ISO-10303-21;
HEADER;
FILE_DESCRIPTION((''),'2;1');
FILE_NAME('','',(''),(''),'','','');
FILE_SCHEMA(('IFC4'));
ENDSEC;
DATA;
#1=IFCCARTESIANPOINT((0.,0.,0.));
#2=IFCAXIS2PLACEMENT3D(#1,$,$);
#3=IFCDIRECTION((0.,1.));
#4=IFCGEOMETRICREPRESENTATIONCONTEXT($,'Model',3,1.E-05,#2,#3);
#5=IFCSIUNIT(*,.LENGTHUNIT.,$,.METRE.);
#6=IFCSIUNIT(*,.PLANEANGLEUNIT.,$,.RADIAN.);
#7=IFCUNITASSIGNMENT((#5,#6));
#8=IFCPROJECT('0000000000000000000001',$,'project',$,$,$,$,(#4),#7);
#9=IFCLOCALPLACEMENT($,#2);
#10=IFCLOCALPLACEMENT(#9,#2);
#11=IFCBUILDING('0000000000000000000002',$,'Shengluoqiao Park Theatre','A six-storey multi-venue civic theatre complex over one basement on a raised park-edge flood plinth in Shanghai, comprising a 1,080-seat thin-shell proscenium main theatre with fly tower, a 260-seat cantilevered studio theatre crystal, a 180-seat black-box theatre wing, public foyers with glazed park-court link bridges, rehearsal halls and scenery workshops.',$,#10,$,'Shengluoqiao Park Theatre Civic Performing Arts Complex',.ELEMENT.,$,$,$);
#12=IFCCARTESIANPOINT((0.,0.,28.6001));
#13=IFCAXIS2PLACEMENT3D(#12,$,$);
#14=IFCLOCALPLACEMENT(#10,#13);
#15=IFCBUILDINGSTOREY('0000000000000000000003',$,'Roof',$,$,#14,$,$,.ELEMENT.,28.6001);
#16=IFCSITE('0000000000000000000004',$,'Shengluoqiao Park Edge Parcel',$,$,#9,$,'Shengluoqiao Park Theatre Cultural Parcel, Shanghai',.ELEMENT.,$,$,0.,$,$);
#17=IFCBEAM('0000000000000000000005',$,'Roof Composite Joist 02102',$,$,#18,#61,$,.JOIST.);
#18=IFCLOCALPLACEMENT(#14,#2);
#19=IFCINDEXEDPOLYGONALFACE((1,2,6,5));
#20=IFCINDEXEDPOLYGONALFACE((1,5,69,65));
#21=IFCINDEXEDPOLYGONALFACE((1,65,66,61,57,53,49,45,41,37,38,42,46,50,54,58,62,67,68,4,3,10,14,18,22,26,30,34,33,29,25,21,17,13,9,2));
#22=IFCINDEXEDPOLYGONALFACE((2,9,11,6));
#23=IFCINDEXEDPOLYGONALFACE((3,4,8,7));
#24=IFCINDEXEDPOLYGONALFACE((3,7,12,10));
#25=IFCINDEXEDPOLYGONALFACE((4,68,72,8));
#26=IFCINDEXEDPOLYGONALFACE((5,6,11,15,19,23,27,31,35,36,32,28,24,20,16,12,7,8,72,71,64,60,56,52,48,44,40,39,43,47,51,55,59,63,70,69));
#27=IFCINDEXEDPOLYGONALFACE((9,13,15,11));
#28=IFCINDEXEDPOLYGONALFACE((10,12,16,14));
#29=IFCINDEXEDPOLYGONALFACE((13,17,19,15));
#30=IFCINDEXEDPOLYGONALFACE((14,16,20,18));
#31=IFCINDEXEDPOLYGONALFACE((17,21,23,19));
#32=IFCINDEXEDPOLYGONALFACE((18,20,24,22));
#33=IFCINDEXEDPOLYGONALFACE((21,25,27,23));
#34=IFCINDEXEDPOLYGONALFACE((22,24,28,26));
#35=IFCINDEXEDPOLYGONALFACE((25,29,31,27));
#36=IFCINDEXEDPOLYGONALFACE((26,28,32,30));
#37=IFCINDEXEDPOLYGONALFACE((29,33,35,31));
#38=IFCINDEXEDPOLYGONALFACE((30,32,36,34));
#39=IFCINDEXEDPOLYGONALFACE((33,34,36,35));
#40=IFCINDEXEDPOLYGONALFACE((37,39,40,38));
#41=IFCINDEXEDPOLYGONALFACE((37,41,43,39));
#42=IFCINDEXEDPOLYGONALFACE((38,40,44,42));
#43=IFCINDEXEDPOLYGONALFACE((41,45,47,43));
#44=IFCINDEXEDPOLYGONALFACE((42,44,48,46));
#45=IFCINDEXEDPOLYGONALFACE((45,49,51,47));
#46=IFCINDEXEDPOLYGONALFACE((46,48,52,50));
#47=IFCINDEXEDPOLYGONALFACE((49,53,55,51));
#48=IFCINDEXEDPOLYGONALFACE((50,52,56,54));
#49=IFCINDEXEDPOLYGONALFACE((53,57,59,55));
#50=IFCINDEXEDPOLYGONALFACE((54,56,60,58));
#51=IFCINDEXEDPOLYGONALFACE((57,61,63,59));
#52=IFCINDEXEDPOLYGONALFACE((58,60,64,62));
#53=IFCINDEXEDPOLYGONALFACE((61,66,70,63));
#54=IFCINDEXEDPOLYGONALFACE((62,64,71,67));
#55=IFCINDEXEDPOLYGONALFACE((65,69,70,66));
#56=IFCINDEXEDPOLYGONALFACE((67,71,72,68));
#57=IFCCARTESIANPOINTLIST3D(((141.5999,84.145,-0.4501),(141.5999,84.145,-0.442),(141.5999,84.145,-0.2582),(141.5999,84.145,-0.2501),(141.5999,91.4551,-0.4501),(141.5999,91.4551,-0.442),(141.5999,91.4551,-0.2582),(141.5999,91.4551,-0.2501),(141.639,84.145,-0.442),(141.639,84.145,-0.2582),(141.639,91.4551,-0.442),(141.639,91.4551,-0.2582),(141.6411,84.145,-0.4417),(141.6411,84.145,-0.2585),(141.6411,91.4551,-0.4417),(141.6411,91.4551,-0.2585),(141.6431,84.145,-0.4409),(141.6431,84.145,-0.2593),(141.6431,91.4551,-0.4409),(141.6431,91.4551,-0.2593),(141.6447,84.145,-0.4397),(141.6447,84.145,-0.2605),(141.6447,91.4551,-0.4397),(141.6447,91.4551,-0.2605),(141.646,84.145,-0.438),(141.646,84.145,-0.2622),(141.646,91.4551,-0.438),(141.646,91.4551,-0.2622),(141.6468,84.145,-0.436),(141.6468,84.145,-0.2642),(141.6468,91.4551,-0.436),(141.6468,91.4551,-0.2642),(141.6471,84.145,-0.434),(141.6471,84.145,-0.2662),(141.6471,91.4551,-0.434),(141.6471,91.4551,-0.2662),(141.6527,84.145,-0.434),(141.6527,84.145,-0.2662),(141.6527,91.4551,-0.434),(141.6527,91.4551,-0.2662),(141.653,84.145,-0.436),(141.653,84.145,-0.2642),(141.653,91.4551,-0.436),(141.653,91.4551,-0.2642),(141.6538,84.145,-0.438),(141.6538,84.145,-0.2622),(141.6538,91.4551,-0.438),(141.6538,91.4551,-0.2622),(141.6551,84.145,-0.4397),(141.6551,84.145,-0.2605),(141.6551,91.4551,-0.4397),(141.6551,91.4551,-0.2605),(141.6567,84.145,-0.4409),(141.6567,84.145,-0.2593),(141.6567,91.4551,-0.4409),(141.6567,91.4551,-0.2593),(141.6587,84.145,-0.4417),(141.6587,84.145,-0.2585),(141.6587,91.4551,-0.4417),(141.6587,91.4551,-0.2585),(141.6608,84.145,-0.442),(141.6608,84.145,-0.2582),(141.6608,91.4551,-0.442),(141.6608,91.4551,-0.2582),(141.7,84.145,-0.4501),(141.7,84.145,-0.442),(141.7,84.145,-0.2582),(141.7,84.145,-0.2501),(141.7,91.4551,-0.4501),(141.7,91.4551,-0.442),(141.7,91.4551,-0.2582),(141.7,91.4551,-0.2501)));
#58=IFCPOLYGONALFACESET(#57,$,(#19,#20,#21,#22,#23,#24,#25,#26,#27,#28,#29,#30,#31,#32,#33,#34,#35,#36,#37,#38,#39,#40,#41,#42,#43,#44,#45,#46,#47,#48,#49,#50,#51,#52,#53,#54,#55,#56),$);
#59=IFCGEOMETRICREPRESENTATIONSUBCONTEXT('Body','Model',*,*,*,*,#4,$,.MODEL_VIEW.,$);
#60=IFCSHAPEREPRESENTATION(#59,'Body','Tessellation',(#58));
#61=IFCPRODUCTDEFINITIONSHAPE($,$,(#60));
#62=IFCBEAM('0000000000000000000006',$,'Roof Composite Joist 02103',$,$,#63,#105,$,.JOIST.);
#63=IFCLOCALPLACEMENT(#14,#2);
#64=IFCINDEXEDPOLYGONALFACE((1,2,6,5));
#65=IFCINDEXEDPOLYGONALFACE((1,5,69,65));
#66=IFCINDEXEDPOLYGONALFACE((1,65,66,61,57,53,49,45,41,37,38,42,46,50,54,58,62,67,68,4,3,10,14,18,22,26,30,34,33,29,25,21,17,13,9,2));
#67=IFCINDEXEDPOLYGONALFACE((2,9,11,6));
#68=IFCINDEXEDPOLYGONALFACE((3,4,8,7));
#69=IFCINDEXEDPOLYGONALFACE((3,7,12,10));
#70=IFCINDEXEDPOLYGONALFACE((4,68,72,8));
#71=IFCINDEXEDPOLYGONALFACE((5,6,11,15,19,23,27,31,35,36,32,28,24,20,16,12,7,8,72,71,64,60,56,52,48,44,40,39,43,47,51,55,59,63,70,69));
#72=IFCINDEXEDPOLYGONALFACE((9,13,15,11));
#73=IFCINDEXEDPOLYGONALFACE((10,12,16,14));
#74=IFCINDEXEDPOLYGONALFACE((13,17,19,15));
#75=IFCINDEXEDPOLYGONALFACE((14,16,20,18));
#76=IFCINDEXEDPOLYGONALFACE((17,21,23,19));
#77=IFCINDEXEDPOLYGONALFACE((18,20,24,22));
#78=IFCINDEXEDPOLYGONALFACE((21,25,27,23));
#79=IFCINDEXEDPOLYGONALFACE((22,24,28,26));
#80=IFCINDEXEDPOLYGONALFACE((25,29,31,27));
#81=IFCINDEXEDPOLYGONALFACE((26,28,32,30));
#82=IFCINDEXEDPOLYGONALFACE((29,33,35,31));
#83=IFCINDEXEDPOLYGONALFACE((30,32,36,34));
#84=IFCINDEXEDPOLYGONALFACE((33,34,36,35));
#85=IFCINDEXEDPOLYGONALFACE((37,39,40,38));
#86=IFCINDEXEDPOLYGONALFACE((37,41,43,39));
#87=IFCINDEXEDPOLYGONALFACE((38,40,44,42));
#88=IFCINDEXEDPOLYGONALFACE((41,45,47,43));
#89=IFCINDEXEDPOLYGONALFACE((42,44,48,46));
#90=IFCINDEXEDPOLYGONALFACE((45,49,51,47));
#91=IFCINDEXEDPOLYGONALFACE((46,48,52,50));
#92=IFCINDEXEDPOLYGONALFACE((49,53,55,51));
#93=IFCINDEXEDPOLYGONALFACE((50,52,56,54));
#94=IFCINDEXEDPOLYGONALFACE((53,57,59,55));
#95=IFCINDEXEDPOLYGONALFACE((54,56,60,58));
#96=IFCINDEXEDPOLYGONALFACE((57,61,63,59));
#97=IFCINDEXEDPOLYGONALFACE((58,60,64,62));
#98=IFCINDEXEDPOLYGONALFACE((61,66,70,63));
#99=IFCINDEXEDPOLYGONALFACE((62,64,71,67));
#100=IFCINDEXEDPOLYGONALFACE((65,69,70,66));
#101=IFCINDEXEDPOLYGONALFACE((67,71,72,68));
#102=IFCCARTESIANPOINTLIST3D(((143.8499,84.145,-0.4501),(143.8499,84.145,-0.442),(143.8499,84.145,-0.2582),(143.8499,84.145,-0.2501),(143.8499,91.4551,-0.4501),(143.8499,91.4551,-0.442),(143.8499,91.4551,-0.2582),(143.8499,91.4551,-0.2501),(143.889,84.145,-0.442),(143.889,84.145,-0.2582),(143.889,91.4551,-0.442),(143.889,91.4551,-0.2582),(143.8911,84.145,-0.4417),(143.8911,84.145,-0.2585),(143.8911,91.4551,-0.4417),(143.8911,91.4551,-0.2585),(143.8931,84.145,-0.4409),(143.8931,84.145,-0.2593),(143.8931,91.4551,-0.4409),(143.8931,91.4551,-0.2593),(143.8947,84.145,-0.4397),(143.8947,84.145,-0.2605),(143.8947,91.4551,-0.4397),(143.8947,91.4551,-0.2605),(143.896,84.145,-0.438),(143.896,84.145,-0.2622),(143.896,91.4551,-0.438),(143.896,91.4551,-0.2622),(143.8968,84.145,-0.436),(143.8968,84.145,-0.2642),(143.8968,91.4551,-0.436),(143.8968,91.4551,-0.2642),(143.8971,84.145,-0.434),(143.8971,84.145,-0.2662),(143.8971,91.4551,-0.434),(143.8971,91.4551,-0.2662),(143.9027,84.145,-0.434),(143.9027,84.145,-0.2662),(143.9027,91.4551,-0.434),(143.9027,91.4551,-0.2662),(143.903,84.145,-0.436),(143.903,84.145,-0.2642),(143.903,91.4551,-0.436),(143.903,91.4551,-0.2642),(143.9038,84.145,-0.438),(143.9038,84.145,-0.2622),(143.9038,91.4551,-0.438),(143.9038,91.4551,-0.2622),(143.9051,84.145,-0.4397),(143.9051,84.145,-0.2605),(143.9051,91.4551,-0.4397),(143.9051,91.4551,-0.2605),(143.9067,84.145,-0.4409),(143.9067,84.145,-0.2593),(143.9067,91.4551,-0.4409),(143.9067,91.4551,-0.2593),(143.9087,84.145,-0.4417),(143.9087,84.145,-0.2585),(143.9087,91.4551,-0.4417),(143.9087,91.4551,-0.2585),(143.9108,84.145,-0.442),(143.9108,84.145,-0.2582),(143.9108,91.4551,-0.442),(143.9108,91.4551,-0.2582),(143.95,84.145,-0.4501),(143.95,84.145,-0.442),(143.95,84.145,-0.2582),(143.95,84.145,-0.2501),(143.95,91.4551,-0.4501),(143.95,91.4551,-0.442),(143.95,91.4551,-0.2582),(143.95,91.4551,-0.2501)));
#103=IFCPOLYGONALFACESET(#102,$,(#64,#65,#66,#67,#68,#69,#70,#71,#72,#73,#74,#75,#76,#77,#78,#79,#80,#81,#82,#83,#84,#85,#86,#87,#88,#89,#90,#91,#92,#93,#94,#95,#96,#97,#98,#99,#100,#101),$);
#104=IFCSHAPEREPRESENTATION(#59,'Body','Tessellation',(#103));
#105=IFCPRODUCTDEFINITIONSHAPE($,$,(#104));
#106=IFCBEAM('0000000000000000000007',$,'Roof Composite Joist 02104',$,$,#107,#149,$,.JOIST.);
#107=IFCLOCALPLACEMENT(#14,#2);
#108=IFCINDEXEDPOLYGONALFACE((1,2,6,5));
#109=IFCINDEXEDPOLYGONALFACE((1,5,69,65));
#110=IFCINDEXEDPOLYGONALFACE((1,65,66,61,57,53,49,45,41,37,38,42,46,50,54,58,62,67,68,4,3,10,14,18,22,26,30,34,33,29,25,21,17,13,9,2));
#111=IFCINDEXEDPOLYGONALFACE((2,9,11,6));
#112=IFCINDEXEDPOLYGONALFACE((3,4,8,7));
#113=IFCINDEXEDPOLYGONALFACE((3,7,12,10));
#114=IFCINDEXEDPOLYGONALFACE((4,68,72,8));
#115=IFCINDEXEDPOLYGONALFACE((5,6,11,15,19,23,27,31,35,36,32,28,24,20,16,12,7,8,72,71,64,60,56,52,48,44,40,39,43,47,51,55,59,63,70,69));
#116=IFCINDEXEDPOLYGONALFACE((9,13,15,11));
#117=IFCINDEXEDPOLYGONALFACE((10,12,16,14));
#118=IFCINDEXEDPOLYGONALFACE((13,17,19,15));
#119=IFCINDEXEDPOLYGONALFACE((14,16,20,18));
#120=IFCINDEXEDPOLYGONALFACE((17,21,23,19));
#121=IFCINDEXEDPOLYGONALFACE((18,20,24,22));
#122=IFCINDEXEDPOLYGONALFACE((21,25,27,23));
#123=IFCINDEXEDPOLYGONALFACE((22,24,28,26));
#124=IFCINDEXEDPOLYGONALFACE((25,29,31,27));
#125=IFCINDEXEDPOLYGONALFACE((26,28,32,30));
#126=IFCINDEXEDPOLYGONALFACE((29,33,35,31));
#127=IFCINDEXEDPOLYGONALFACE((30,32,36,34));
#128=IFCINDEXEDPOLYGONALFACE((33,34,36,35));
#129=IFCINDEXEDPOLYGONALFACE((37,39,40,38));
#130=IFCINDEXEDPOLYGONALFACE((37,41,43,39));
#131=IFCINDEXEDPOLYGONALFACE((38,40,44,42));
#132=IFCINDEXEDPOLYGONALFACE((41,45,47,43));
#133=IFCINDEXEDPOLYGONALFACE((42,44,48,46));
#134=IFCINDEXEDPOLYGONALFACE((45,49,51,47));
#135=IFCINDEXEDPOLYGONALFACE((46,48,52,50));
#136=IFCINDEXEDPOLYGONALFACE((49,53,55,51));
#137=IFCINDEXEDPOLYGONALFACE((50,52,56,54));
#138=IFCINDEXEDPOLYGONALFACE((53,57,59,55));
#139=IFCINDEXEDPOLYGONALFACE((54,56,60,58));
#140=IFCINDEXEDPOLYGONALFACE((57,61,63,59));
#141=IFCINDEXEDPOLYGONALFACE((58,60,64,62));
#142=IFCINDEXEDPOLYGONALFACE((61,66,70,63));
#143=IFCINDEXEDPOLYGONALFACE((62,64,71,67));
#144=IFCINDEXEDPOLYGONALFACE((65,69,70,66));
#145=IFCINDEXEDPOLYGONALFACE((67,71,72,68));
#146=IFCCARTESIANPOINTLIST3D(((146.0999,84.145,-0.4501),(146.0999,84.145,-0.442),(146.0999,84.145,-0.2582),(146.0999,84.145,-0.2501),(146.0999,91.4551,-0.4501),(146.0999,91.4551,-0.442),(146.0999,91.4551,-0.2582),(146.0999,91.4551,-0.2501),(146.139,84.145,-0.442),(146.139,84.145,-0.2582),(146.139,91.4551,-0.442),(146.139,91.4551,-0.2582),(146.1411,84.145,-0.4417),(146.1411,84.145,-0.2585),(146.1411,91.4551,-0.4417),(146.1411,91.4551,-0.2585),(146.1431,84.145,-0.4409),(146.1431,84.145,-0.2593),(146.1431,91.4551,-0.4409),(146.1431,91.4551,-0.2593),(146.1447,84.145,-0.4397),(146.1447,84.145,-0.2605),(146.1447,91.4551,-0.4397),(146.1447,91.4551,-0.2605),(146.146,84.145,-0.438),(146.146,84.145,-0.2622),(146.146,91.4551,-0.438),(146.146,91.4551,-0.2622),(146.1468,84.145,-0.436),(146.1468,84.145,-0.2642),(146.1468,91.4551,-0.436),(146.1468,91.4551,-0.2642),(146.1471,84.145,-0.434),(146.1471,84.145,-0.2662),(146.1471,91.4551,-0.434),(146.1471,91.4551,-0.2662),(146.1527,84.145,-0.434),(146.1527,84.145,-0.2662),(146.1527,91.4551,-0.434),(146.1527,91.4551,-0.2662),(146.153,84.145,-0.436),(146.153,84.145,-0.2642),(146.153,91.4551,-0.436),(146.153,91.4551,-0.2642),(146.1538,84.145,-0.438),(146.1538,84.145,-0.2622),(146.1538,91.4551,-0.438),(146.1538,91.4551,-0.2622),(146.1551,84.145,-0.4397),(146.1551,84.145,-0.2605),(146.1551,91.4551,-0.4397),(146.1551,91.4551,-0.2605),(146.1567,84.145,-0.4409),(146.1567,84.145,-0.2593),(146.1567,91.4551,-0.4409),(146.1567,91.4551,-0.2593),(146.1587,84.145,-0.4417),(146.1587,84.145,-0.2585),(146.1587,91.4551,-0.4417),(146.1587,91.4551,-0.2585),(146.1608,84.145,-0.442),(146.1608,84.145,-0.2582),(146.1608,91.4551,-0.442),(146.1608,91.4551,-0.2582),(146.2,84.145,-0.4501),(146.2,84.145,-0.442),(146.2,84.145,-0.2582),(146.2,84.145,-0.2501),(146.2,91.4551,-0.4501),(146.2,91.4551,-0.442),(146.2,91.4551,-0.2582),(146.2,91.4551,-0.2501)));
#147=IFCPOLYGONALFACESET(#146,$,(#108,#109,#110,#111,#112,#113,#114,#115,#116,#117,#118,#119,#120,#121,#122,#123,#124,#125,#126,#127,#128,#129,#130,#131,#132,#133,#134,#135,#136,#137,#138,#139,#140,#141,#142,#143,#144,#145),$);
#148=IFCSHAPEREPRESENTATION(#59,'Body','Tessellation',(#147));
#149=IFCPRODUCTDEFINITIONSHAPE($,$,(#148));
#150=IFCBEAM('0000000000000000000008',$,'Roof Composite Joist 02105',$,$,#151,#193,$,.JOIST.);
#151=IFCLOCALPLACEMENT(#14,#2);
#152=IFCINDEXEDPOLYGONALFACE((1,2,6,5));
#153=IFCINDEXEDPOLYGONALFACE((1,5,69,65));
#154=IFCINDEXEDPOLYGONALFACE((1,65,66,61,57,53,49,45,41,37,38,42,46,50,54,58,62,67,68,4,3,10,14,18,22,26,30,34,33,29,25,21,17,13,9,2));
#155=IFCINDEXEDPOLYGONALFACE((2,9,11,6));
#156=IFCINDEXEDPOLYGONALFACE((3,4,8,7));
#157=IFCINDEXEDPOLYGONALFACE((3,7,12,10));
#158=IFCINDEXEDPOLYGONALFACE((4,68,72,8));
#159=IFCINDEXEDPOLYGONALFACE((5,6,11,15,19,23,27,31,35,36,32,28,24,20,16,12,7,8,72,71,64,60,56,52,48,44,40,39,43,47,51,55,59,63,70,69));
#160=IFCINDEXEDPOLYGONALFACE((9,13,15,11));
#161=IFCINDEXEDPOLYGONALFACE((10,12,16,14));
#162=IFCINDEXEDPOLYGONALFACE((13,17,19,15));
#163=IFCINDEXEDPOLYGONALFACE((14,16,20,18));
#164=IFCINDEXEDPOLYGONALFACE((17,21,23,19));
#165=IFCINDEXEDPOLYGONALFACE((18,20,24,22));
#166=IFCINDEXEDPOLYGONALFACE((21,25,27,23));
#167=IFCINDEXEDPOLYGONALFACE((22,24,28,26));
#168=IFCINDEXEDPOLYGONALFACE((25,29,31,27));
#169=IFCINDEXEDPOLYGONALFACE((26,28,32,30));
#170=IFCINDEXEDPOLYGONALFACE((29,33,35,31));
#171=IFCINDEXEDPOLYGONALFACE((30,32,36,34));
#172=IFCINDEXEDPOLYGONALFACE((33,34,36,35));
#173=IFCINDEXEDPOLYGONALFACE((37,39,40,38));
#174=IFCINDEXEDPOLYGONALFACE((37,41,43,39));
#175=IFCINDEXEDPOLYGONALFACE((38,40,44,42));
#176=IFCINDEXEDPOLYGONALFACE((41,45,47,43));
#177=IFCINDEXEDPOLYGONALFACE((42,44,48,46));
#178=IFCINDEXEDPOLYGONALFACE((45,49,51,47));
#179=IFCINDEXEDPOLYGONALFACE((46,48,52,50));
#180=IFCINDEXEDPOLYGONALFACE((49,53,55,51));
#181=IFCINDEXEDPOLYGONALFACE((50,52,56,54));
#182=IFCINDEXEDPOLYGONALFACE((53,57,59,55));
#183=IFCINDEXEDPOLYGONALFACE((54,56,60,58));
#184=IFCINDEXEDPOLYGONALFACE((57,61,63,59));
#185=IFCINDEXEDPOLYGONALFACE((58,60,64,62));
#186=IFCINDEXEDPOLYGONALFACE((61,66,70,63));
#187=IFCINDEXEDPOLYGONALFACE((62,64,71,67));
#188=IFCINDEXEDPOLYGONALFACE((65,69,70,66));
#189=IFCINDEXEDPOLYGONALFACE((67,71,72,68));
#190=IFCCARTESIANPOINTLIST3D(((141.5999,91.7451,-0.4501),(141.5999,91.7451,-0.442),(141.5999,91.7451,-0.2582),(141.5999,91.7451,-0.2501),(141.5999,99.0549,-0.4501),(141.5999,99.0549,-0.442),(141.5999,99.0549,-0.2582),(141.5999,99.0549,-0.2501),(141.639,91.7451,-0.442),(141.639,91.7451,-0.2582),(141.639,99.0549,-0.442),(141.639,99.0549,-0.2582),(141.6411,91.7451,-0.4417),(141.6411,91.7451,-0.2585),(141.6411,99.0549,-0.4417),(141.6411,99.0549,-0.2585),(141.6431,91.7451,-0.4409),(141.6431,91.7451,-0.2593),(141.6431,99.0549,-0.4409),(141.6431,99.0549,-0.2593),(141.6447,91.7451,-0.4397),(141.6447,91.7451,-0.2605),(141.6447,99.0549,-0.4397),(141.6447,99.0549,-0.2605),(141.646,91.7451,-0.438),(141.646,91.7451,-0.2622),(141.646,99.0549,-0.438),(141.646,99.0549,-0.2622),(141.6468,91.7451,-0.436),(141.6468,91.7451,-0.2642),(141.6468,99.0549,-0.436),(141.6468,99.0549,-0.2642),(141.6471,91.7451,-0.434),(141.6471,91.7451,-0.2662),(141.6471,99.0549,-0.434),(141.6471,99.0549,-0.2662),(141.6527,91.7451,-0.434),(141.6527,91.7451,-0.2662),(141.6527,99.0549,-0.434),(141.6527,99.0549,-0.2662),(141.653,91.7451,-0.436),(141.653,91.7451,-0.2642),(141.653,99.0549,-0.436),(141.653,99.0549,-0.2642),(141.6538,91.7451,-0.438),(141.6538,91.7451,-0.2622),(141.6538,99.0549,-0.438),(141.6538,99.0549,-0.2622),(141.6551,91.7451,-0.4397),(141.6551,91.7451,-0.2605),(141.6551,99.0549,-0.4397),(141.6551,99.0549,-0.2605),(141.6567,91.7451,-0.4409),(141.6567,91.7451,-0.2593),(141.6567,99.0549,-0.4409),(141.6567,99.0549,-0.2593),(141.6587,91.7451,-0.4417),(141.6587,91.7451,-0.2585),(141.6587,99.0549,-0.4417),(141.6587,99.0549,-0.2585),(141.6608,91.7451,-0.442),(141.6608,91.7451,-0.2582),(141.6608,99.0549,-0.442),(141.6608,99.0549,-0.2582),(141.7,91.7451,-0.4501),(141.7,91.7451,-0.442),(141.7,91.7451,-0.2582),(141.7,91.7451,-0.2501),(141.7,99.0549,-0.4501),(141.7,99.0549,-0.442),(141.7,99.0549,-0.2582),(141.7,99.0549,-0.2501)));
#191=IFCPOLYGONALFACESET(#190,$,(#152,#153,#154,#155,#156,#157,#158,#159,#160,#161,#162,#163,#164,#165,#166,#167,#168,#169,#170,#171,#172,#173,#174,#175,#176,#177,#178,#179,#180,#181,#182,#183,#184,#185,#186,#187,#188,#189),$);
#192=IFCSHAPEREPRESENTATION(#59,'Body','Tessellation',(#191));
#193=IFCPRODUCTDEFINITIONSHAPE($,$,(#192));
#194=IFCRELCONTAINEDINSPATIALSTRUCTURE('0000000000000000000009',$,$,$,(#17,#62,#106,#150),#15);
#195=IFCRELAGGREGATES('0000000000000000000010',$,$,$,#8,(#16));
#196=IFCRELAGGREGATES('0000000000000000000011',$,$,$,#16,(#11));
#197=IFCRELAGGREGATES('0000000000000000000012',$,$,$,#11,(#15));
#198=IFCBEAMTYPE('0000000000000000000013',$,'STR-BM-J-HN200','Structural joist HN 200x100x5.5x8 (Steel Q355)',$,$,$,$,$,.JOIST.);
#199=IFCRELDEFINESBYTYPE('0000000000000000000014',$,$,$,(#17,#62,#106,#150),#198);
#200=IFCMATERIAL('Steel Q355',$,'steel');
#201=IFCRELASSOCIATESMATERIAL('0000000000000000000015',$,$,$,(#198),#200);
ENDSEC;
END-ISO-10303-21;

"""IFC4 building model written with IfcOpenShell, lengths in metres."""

from ifc_helpers import new_model, si_unit, direction, frame, origin, origin_2d, place, context, subcontext, project, spatial, i_section, extrude, material, material_profile, profile_set, type_object, element, save


model = new_model("IFC4")

# Units and contexts
model_context = context("Model", 3, precision=1e-05, world=origin(), true_north=direction((0.0, 1.0)))
body_context = subcontext(model_context, "Body", "Model", "MODEL_VIEW")
ifc_project = project(units=[si_unit("LENGTHUNIT", "METRE"), si_unit("PLANEANGLEUNIT", "RADIAN")], contexts=[model_context])

# Site, building, storey
site_placement = place(None, origin())
site = spatial("IfcSite", under=ifc_project, at=site_placement, Name="Shengluoqiao Park Edge Parcel", LongName="Shengluoqiao Park Theatre Cultural Parcel, Shanghai", CompositionType="ELEMENT", RefElevation=0.0)
building_placement = place(site_placement, origin())
building = spatial("IfcBuilding", under=site, at=building_placement, Name="Shengluoqiao Park Theatre", Description="A six-storey multi-venue civic theatre complex over one basement on a raised park-edge flood plinth in Shanghai, comprising a 1,080-seat thin-shell proscenium main theatre with fly tower, a 260-seat cantilevered studio theatre crystal, a 180-seat black-box theatre wing, public foyers with glazed park-court link bridges, rehearsal halls and scenery workshops.", LongName="Shengluoqiao Park Theatre Civic Performing Arts Complex", CompositionType="ELEMENT")
storey_placement = place(building_placement, frame((0.0, 0.0, 28.6001)))
storey = spatial("IfcBuildingStorey", under=building, at=storey_placement, Name="Roof", CompositionType="ELEMENT", Elevation=28.6001)

# Beams
ifc_material_1 = material(Name="Steel Q355", Category="steel")
ifc_material_profile_1 = material_profile(ifc_material_1, i_section(OverallWidth=0.1001, OverallDepth=0.2, WebThickness=0.0056, FlangeThickness=0.0081, FilletRadius=0.0081, at=origin_2d()), Name="HN 200x100x5.5x8")
ifc_profile_set_1 = profile_set([ifc_material_profile_1], Name="Steel Q355")
beam_type_1 = type_object("IfcBeamType", Name="STR-BM-J-HN200", Description="Structural joist HN 200x100x5.5x8 (Steel Q355)", PredefinedType="JOIST", material=ifc_profile_set_1)
for number, where, z_axis, x_axis, name in (
    (1, (141.6499, 84.145, -0.3501), (0.0, 1.0, 0.0), (-1.0, 0.0, 0.0), "Roof Composite Joist 02102"),
    (2, (143.8999, 84.145, -0.3501), (0.0, 1.0, 0.0), (-1.0, 0.0, 0.0), "Roof Composite Joist 02103"),
    (3, (146.1499, 84.145, -0.3501), (0.0, 1.0, 0.0), (-1.0, 0.0, 0.0), "Roof Composite Joist 02104"),
):
    element("IfcBeam", number, at=place(storey_placement, frame(where, z_axis=z_axis, x_axis=x_axis)), inside=storey, type_object=beam_type_1, Name=name, PredefinedType="JOIST", context=body_context, shape_type="SweptSolid", body=[
        extrude(i_section(OverallWidth=0.1001, OverallDepth=0.2, WebThickness=0.0056, FlangeThickness=0.0081, FilletRadius=0.0081, at=origin_2d()), origin(), (0.0, 0.0, 1.0), 7.3101),
    ])
for number, where, z_axis, x_axis, name in (
    (4, (141.6499, 91.7451, -0.3501), (0.0, 1.0, 0.0), (-1.0, 0.0, 0.0), "Roof Composite Joist 02105"),
):
    element("IfcBeam", number, at=place(storey_placement, frame(where, z_axis=z_axis, x_axis=x_axis)), inside=storey, type_object=beam_type_1, Name=name, PredefinedType="JOIST", context=body_context, shape_type="SweptSolid", body=[
        extrude(i_section(OverallWidth=0.1001, OverallDepth=0.2, WebThickness=0.0056, FlangeThickness=0.0081, FilletRadius=0.0081, at=origin_2d()), origin(), (0.0, 0.0, 1.0), 7.3098),
    ])

save(model, "model.ifc")
